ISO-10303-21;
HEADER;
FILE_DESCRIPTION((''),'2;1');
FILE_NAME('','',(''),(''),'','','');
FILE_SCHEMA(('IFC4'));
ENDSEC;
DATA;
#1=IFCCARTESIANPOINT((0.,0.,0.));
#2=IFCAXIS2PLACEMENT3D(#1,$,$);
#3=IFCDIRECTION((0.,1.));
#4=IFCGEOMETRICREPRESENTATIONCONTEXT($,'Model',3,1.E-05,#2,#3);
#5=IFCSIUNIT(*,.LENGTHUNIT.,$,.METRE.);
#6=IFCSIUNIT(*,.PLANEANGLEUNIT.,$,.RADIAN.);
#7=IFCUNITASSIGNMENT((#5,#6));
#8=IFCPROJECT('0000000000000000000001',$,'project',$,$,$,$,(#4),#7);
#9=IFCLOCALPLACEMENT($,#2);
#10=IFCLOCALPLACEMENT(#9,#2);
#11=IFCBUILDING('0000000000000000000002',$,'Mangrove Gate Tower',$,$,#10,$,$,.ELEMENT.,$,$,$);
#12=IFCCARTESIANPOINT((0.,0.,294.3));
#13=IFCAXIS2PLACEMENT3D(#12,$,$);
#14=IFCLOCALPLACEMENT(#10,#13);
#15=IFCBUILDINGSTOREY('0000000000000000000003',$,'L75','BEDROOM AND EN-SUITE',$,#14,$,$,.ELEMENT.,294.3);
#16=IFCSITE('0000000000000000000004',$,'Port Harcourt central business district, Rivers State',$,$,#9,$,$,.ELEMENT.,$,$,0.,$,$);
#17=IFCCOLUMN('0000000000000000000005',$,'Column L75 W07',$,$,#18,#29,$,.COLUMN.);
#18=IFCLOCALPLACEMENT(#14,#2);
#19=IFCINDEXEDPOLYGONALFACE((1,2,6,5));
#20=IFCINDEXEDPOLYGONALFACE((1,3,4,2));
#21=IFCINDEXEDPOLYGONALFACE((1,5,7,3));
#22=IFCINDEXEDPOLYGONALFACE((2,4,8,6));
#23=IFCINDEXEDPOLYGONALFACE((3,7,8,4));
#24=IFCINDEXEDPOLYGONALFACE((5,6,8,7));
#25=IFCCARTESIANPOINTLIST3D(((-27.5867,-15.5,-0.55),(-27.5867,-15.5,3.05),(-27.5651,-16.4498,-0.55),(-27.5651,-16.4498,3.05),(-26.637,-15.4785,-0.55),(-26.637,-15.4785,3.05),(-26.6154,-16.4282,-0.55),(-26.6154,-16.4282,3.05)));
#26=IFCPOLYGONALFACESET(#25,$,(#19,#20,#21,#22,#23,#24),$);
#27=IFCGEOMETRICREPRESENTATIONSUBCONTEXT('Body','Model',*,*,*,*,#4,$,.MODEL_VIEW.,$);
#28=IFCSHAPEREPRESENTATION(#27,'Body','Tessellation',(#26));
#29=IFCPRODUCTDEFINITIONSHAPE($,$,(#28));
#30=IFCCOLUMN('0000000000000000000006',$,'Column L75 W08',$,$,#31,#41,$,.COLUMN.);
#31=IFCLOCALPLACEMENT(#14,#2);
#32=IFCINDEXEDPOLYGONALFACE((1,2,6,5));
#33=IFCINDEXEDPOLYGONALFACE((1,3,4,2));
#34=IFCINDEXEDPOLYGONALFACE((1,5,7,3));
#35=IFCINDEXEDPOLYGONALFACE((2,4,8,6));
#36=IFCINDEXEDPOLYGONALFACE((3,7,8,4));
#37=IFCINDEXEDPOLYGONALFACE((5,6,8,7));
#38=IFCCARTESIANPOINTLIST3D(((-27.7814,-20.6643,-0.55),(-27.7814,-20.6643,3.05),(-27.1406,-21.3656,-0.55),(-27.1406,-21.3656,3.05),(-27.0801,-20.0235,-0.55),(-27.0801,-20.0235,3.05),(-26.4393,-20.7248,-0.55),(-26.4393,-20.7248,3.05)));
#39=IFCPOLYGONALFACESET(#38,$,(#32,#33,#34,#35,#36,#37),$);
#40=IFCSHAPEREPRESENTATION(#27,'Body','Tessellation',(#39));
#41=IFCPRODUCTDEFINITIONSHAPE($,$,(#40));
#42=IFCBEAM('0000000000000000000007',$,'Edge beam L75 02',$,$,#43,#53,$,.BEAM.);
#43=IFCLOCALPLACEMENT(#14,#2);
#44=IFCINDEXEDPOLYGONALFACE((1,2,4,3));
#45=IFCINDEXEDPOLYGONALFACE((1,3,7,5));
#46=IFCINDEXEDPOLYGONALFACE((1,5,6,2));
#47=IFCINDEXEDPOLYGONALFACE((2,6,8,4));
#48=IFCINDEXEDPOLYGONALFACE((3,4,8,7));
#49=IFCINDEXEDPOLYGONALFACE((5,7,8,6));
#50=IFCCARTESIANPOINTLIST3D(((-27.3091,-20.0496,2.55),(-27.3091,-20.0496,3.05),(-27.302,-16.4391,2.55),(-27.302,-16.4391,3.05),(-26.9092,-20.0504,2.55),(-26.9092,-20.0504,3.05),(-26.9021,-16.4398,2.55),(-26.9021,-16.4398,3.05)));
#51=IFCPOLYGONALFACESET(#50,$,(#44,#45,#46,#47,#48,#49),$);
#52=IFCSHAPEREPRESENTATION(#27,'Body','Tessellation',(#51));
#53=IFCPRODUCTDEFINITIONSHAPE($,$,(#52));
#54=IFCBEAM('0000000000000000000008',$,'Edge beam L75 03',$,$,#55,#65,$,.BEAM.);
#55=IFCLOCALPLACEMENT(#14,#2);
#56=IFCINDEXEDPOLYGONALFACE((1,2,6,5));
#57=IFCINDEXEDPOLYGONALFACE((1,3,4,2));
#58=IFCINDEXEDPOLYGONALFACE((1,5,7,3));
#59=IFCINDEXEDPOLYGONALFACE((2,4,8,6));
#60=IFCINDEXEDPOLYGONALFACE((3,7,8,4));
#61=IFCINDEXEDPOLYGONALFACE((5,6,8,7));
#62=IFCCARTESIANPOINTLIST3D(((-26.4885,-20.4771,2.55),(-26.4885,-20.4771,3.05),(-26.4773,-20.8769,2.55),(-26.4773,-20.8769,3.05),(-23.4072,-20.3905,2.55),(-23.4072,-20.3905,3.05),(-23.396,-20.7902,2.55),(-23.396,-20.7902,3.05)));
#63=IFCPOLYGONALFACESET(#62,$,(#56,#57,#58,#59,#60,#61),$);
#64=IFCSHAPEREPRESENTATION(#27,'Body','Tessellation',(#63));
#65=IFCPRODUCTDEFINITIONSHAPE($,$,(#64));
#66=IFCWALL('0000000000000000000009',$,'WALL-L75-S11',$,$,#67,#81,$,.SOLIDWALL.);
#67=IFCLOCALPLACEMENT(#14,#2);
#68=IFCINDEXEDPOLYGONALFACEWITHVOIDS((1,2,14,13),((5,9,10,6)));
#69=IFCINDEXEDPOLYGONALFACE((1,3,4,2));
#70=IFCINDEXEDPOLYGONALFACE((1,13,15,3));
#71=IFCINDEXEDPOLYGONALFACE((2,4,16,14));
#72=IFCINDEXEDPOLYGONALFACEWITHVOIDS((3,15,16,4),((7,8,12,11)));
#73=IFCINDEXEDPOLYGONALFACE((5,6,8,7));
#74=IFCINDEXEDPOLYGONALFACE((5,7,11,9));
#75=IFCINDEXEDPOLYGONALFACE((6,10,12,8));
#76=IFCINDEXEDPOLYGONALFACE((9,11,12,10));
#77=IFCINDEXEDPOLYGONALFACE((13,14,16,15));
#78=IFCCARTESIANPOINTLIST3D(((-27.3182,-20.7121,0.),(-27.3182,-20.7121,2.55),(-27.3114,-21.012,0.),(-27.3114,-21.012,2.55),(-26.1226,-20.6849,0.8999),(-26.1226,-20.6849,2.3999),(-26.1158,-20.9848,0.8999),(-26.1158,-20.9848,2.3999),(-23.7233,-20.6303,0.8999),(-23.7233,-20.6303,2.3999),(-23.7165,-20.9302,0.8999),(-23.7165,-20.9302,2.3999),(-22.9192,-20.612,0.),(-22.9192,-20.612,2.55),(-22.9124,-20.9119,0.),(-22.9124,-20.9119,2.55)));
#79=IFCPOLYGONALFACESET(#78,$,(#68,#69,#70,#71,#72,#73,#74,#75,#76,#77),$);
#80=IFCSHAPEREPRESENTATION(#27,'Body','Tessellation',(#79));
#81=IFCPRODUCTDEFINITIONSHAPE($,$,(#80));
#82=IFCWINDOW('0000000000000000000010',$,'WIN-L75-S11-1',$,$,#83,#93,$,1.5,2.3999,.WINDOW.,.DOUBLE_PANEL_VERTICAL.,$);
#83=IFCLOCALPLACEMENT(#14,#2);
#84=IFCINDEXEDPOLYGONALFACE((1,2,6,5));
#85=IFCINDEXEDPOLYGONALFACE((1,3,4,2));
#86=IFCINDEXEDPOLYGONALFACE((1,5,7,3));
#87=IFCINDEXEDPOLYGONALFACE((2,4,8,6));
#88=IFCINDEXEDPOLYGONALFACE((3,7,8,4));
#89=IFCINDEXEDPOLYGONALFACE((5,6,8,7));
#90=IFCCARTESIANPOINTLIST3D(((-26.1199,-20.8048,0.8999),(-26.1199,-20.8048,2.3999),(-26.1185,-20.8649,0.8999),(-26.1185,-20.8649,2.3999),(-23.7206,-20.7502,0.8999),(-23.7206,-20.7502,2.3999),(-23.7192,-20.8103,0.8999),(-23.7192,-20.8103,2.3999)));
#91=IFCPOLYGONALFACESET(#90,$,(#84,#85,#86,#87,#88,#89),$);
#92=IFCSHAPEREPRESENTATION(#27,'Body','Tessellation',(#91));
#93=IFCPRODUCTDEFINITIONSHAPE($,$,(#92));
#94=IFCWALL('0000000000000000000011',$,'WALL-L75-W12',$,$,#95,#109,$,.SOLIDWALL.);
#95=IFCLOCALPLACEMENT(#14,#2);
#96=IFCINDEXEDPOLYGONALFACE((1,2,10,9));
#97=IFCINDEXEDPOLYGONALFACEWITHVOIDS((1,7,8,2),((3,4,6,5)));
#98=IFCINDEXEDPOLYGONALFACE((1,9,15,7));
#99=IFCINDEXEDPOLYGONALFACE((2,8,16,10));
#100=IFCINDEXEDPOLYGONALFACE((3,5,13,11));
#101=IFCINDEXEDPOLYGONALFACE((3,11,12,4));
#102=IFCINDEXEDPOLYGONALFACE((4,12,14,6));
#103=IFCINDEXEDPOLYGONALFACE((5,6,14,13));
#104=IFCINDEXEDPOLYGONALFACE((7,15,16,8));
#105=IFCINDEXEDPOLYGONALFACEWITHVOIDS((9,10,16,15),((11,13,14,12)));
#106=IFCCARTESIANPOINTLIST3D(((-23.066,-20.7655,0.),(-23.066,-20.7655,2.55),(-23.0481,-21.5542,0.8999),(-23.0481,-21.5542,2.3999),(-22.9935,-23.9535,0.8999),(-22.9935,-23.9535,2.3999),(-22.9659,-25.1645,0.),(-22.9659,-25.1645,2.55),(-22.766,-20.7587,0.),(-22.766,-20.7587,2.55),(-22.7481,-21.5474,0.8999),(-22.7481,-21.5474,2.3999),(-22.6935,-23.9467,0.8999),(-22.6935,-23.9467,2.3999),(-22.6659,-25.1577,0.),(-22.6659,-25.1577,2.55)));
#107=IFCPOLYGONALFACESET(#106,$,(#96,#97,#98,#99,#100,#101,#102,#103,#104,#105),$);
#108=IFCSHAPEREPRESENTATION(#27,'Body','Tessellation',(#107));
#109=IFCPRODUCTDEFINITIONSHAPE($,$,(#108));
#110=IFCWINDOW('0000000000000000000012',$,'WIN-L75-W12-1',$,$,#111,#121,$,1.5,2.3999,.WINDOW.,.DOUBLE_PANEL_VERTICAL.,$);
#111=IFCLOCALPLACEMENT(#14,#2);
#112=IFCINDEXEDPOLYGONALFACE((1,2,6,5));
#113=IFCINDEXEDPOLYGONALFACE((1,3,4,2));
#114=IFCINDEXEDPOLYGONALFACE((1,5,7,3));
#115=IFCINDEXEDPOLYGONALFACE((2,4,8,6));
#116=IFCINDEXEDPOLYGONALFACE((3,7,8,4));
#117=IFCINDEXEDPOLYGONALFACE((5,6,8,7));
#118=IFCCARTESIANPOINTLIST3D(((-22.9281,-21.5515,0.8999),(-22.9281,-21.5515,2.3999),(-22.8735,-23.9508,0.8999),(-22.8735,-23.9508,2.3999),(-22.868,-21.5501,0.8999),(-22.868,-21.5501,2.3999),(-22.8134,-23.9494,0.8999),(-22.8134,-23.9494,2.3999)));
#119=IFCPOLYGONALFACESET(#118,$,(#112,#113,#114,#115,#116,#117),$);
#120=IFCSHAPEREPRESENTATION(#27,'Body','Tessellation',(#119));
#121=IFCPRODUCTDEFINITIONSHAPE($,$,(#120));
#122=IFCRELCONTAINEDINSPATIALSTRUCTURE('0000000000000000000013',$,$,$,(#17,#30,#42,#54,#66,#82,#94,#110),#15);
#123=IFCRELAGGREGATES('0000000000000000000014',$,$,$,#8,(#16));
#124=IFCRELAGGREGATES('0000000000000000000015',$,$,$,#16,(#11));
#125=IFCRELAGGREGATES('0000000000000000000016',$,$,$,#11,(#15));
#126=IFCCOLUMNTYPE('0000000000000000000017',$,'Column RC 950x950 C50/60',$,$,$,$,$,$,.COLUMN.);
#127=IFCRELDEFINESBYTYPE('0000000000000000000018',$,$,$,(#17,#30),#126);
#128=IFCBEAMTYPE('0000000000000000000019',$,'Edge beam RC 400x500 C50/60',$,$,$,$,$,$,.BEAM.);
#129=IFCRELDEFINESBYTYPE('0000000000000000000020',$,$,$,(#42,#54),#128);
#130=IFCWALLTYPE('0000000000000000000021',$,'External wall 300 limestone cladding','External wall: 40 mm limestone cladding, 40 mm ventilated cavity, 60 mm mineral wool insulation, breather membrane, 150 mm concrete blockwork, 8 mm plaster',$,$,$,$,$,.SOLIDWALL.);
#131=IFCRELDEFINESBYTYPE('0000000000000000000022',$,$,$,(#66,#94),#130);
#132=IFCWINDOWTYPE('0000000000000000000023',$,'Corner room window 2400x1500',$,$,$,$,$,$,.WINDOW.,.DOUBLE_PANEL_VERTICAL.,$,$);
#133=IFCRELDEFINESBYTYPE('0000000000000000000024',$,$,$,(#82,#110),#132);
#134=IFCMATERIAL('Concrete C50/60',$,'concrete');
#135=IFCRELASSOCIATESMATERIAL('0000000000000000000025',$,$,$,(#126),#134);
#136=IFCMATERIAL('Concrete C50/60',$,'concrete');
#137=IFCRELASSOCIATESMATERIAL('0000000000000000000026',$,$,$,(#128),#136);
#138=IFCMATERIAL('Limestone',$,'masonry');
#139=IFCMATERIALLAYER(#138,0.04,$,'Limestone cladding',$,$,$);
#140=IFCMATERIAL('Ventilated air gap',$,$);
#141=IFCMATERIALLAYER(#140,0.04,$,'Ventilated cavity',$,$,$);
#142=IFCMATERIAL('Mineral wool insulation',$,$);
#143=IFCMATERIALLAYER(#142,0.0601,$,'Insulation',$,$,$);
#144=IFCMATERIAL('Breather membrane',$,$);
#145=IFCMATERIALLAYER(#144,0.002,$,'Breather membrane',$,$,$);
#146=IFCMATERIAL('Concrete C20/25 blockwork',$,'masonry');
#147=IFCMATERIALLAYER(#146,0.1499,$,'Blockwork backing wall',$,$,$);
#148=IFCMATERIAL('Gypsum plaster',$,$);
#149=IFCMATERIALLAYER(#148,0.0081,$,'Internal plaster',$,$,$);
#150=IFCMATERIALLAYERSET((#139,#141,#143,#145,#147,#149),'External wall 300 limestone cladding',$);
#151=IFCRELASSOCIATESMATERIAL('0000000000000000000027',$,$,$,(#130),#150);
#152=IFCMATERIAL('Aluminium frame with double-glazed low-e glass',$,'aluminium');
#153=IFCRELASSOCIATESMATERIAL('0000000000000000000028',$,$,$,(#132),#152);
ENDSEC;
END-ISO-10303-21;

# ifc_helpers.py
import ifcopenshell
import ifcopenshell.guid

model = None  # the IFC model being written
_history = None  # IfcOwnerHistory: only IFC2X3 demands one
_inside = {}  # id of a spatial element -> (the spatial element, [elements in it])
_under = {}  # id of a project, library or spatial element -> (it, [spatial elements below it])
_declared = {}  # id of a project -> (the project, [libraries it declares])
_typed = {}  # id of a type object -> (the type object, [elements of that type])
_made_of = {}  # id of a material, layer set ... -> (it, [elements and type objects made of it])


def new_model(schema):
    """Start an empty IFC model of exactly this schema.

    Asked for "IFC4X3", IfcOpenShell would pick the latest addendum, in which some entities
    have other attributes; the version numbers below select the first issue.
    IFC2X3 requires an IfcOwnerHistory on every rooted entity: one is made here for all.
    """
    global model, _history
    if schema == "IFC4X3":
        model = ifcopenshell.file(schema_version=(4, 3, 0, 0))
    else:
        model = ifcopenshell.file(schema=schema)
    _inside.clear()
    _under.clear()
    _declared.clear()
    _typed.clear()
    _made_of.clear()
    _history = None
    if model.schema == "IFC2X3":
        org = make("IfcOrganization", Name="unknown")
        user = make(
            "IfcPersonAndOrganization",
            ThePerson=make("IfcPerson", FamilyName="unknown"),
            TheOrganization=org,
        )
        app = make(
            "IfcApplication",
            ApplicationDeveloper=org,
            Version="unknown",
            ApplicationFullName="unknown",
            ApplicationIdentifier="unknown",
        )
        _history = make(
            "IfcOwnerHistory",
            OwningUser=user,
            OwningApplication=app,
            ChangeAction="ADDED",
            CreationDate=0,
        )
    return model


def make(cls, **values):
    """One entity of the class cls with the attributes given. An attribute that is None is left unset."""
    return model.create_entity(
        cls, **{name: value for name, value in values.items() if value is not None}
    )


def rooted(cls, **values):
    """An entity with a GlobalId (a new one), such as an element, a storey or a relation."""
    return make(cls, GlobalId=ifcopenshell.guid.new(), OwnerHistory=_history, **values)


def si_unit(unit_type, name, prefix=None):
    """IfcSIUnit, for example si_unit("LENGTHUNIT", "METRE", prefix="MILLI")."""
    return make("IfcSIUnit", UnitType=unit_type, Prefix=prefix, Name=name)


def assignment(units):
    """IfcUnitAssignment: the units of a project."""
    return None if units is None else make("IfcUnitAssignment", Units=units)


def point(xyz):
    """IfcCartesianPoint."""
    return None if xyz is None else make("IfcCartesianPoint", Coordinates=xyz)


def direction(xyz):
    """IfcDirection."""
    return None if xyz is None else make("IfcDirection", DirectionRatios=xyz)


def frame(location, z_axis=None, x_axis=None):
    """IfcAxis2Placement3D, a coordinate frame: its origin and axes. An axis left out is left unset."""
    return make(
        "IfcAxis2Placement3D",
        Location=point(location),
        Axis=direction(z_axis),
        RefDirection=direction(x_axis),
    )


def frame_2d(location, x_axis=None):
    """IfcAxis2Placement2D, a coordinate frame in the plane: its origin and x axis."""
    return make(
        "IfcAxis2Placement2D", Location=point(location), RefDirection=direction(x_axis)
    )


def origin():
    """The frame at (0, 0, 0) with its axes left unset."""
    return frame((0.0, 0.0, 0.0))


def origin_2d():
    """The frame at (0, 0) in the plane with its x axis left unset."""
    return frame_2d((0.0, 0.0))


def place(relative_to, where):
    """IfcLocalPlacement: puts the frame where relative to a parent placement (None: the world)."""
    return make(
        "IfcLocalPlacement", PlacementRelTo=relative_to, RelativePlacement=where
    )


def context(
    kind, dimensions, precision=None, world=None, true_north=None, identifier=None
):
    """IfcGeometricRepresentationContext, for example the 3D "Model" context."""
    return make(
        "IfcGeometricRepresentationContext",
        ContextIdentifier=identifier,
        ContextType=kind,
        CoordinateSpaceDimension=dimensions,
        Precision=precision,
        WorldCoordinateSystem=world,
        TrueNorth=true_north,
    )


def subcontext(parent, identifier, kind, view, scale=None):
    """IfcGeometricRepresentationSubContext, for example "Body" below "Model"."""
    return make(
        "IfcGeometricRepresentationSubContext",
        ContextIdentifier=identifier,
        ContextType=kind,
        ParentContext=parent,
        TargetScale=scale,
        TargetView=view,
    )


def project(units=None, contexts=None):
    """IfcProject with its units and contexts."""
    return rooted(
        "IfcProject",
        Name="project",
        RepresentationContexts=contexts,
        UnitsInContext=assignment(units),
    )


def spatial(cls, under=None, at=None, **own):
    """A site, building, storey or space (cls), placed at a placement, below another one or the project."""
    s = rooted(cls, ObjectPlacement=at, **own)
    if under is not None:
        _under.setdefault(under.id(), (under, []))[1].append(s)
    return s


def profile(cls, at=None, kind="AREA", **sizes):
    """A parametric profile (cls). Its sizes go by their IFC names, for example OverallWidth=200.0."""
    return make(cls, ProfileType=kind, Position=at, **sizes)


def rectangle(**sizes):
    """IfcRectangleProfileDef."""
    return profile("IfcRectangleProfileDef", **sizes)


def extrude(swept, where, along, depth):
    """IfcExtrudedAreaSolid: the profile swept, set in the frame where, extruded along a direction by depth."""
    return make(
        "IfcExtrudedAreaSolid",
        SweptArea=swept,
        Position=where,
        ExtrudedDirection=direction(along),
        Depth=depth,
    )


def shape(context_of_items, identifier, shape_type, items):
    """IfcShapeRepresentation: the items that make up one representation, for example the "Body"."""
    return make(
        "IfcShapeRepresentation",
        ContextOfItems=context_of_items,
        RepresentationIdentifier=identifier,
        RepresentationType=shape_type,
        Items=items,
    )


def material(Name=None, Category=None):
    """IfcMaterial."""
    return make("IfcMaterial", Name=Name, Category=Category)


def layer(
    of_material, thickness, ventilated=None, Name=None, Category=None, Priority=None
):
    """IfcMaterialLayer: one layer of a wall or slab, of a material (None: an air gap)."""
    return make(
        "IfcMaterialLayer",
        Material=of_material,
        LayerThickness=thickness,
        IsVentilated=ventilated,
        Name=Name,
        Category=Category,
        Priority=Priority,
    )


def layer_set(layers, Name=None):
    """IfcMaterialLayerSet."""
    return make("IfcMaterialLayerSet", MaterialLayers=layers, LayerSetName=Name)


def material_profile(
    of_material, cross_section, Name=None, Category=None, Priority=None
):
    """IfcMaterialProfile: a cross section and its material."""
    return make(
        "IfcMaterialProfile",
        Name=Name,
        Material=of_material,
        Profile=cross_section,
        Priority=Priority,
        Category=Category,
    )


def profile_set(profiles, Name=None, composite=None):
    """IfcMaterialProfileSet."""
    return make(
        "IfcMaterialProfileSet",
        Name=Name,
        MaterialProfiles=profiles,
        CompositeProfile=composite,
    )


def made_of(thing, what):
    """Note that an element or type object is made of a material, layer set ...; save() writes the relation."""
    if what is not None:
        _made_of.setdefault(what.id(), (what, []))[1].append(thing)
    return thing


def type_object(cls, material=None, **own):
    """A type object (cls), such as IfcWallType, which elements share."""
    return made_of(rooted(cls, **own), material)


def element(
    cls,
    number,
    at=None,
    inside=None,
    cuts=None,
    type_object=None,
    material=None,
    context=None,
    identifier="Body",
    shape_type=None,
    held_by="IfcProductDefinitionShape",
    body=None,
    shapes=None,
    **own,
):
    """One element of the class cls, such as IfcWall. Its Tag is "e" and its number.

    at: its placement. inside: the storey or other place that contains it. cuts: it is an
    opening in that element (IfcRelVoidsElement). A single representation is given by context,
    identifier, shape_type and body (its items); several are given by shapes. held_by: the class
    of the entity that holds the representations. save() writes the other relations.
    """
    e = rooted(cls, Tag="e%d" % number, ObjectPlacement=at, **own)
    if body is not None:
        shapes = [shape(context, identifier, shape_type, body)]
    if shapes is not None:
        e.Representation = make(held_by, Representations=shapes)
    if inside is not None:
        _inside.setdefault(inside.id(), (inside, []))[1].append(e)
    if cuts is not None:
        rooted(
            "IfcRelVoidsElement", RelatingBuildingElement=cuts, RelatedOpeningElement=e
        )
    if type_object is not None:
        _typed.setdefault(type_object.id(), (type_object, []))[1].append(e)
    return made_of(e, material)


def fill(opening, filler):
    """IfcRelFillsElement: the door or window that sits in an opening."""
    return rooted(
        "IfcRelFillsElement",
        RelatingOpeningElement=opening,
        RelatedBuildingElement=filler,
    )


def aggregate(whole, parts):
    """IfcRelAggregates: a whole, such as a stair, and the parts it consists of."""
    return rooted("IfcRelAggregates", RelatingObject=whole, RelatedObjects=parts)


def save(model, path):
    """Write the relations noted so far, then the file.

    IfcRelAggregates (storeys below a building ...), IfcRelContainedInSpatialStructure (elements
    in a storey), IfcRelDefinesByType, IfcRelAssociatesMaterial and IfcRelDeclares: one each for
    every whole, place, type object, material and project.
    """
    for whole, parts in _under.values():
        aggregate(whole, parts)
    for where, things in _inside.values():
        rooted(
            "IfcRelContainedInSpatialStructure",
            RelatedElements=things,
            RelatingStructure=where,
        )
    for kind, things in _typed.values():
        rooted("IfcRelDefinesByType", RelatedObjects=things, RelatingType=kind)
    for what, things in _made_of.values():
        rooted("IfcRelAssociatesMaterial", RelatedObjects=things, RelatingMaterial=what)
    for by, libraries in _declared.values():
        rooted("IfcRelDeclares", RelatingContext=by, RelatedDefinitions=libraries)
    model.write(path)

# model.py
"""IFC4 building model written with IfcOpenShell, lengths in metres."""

from ifc_helpers import new_model, si_unit, direction, frame, frame_2d, origin, origin_2d, place, context, subcontext, project, spatial, rectangle, extrude, material, layer, layer_set, material_profile, profile_set, type_object, element, fill, save


model = new_model("IFC4")

# Units and contexts
model_context = context("Model", 3, precision=1e-05, world=origin(), true_north=direction((0.0, 1.0)))
body_context = subcontext(model_context, "Body", "Model", "MODEL_VIEW")
ifc_project = project(units=[si_unit("LENGTHUNIT", "METRE"), si_unit("PLANEANGLEUNIT", "RADIAN")], contexts=[model_context])

# Site, building, storey
site_placement = place(None, origin())
site = spatial("IfcSite", under=ifc_project, at=site_placement, Name="Port Harcourt central business district, Rivers State", CompositionType="ELEMENT", RefElevation=0.0)
building_placement = place(site_placement, origin())
building = spatial("IfcBuilding", under=site, at=building_placement, Name="Mangrove Gate Tower", CompositionType="ELEMENT")
storey_placement = place(building_placement, frame((0.0, 0.0, 294.3)))
storey = spatial("IfcBuildingStorey", under=building, at=storey_placement, Name="L75", Description="BEDROOM AND EN-SUITE", CompositionType="ELEMENT", Elevation=294.3)

# Columns
ifc_material_1 = material(Name="Concrete C50/60", Category="concrete")
ifc_material_profile_1 = material_profile(ifc_material_1, rectangle(XDim=0.95, YDim=0.95, at=origin_2d()))
ifc_profile_set_1 = profile_set([ifc_material_profile_1], Name="Concrete C50/60")
column_type = type_object("IfcColumnType", Name="Column RC 950x950 C50/60", PredefinedType="COLUMN", material=ifc_profile_set_1)
for number, where, z_axis, x_axis, name in (
    (1, (-27.1011, -15.9641, -0.55), (0.0, 0.0, 1.0), (0.022712, -0.999742, 0.0), "Column L75 W07"),
    (2, (-27.1104, -20.6946, -0.55), (0.0, 0.0, 1.0), (0.67456, -0.73822, 0.0), "Column L75 W08"),
):
    element("IfcColumn", number, at=place(storey_placement, frame(where, z_axis=z_axis, x_axis=x_axis)), inside=storey, type_object=column_type, Name=name, PredefinedType="COLUMN", context=body_context, shape_type="SweptSolid", body=[
        extrude(rectangle(XDim=0.95, YDim=0.95, at=origin_2d()), origin(), (0.0, 0.0, 1.0), 3.6001),
    ])

# Beams
ifc_material_2 = material(Name="Concrete C50/60", Category="concrete")
ifc_material_profile_2 = material_profile(ifc_material_2, rectangle(XDim=0.3999, YDim=0.5, at=origin_2d()))
ifc_profile_set_2 = profile_set([ifc_material_profile_2], Name="Concrete C50/60")
beam_type = type_object("IfcBeamType", Name="Edge beam RC 400x500 C50/60", PredefinedType="BEAM", material=ifc_profile_set_2)
beam_1_placement = place(storey_placement, frame((-27.1021, -16.4395, 2.8), z_axis=(-0.001961, -0.999998, 0.0), x_axis=(0.999998, -0.001961, 0.0)))
element("IfcBeam", 3, at=beam_1_placement, inside=storey, type_object=beam_type, Name="Edge beam L75 02", PredefinedType="BEAM", context=body_context, shape_type="SweptSolid", body=[
    extrude(rectangle(XDim=0.3999, YDim=0.5, at=origin_2d()), origin(), (0.0, 0.0, 1.0), 3.6106),
])
beam_2_placement = place(storey_placement, frame((-26.4829, -20.677, 2.8), z_axis=(0.999605, 0.028117, 0.0), x_axis=(-0.028117, 0.999605, 0.0)))
element("IfcBeam", 4, at=beam_2_placement, inside=storey, type_object=beam_type, Name="Edge beam L75 03", PredefinedType="BEAM", context=body_context, shape_type="SweptSolid", body=[
    extrude(rectangle(XDim=0.3999, YDim=0.5, at=origin_2d()), origin(), (0.0, 0.0, 1.0), 3.0825),
])

# Walls, openings, windows
ifc_material_3 = material(Name="Limestone", Category="masonry")
ifc_layer_1 = layer(ifc_material_3, 0.04, Name="Limestone cladding")
ifc_material_4 = material(Name="Ventilated air gap")
ifc_layer_2 = layer(ifc_material_4, 0.04, Name="Ventilated cavity")
ifc_material_5 = material(Name="Mineral wool insulation")
ifc_layer_3 = layer(ifc_material_5, 0.0601, Name="Insulation")
ifc_material_6 = material(Name="Breather membrane")
ifc_layer_4 = layer(ifc_material_6, 0.002, Name="Breather membrane")
ifc_material_7 = material(Name="Concrete C20/25 blockwork", Category="masonry")
ifc_layer_5 = layer(ifc_material_7, 0.1499, Name="Blockwork backing wall")
ifc_material_8 = material(Name="Gypsum plaster")
ifc_layer_6 = layer(ifc_material_8, 0.0081, Name="Internal plaster")
ifc_layer_set = layer_set([ifc_layer_1, ifc_layer_2, ifc_layer_3, ifc_layer_4, ifc_layer_5, ifc_layer_6], Name="External wall 300 limestone cladding")
wall_type = type_object("IfcWallType", Name="External wall 300 limestone cladding", Description="External wall: 40 mm limestone cladding, 40 mm ventilated cavity, 60 mm mineral wool insulation, breather membrane, 150 mm concrete blockwork, 8 mm plaster", PredefinedType="SOLIDWALL", material=ifc_layer_set)
wall_1_placement = place(storey_placement, frame((-27.3149, -20.8621, 0.0), z_axis=(0.0, 0.0, 1.0), x_axis=(0.999741, 0.022749, 0.0)))
wall_1 = element("IfcWall", 5, at=wall_1_placement, inside=storey, type_object=wall_type, Name="WALL-L75-S11", PredefinedType="SOLIDWALL", context=body_context, shape_type="SweptSolid", body=[
    extrude(rectangle(XDim=4.4001, YDim=0.3, at=frame_2d((2.2002, 0.0))), origin(), (0.0, 0.0, 1.0), 2.55),
])
opening_1_placement = place(wall_1_placement, frame((1.196, 0.0, 0.8999)))
opening_1 = element("IfcOpeningElement", 6, at=opening_1_placement, cuts=wall_1, PredefinedType="OPENING", context=body_context, shape_type="SweptSolid", body=[
    extrude(rectangle(XDim=2.3999, YDim=1.5, at=frame_2d((1.2, 0.75))), frame((0.0, 0.1599, 0.0), z_axis=(0.0, -1.0, 0.0), x_axis=(1.0, 0.0, 0.0)), (0.0, 0.0, 1.0), 0.3201),
])
ifc_material_9 = material(Name="Aluminium frame with double-glazed low-e glass", Category="aluminium")
window_type = type_object("IfcWindowType", Name="Corner room window 2400x1500", PartitioningType="DOUBLE_PANEL_VERTICAL", PredefinedType="WINDOW", material=ifc_material_9)
window_1_placement = place(opening_1_placement, origin())
window_1 = element("IfcWindow", 7, at=window_1_placement, inside=storey, type_object=window_type, Name="WIN-L75-S11-1", OverallHeight=1.5, OverallWidth=2.3999, PartitioningType="DOUBLE_PANEL_VERTICAL", PredefinedType="WINDOW", context=body_context, shape_type="SweptSolid", body=[
    extrude(rectangle(XDim=2.3999, YDim=1.5, at=frame_2d((1.2, 0.75))), frame((0.0, 0.03, 0.0), z_axis=(0.0, -1.0, 0.0), x_axis=(1.0, 0.0, 0.0)), (0.0, 0.0, 1.0), 0.0601),
])
fill(opening_1, window_1)
wall_2_placement = place(storey_placement, frame((-22.916, -20.762, 0.0), z_axis=(0.0, 0.0, 1.0), x_axis=(0.022749, -0.999741, 0.0)))
wall_2 = element("IfcWall", 8, at=wall_2_placement, inside=storey, type_object=wall_type, Name="WALL-L75-W12", PredefinedType="SOLIDWALL", context=body_context, shape_type="SweptSolid", body=[
    extrude(rectangle(XDim=4.4001, YDim=0.3, at=frame_2d((2.2002, 0.0))), origin(), (0.0, 0.0, 1.0), 2.55),
])
opening_2_placement = place(wall_2_placement, frame((0.7891, 0.0, 0.8999)))
opening_2 = element("IfcOpeningElement", 9, at=opening_2_placement, cuts=wall_2, PredefinedType="OPENING", context=body_context, shape_type="SweptSolid", body=[
    extrude(rectangle(XDim=2.3999, YDim=1.5, at=frame_2d((1.2, 0.75))), frame((0.0, 0.1599, 0.0), z_axis=(0.0, -1.0, 0.0), x_axis=(1.0, 0.0, 0.0)), (0.0, 0.0, 1.0), 0.3201),
])
window_2_placement = place(opening_2_placement, origin())
window_2 = element("IfcWindow", 10, at=window_2_placement, inside=storey, type_object=window_type, Name="WIN-L75-W12-1", OverallHeight=1.5, OverallWidth=2.3999, PartitioningType="DOUBLE_PANEL_VERTICAL", PredefinedType="WINDOW", context=body_context, shape_type="SweptSolid", body=[
    extrude(rectangle(XDim=2.3999, YDim=1.5, at=frame_2d((1.2, 0.75))), frame((0.0, 0.03, 0.0), z_axis=(0.0, -1.0, 0.0), x_axis=(1.0, 0.0, 0.0)), (0.0, 0.0, 1.0), 0.0601),
])
fill(opening_2, window_2)

save(model, "model.ifc")
